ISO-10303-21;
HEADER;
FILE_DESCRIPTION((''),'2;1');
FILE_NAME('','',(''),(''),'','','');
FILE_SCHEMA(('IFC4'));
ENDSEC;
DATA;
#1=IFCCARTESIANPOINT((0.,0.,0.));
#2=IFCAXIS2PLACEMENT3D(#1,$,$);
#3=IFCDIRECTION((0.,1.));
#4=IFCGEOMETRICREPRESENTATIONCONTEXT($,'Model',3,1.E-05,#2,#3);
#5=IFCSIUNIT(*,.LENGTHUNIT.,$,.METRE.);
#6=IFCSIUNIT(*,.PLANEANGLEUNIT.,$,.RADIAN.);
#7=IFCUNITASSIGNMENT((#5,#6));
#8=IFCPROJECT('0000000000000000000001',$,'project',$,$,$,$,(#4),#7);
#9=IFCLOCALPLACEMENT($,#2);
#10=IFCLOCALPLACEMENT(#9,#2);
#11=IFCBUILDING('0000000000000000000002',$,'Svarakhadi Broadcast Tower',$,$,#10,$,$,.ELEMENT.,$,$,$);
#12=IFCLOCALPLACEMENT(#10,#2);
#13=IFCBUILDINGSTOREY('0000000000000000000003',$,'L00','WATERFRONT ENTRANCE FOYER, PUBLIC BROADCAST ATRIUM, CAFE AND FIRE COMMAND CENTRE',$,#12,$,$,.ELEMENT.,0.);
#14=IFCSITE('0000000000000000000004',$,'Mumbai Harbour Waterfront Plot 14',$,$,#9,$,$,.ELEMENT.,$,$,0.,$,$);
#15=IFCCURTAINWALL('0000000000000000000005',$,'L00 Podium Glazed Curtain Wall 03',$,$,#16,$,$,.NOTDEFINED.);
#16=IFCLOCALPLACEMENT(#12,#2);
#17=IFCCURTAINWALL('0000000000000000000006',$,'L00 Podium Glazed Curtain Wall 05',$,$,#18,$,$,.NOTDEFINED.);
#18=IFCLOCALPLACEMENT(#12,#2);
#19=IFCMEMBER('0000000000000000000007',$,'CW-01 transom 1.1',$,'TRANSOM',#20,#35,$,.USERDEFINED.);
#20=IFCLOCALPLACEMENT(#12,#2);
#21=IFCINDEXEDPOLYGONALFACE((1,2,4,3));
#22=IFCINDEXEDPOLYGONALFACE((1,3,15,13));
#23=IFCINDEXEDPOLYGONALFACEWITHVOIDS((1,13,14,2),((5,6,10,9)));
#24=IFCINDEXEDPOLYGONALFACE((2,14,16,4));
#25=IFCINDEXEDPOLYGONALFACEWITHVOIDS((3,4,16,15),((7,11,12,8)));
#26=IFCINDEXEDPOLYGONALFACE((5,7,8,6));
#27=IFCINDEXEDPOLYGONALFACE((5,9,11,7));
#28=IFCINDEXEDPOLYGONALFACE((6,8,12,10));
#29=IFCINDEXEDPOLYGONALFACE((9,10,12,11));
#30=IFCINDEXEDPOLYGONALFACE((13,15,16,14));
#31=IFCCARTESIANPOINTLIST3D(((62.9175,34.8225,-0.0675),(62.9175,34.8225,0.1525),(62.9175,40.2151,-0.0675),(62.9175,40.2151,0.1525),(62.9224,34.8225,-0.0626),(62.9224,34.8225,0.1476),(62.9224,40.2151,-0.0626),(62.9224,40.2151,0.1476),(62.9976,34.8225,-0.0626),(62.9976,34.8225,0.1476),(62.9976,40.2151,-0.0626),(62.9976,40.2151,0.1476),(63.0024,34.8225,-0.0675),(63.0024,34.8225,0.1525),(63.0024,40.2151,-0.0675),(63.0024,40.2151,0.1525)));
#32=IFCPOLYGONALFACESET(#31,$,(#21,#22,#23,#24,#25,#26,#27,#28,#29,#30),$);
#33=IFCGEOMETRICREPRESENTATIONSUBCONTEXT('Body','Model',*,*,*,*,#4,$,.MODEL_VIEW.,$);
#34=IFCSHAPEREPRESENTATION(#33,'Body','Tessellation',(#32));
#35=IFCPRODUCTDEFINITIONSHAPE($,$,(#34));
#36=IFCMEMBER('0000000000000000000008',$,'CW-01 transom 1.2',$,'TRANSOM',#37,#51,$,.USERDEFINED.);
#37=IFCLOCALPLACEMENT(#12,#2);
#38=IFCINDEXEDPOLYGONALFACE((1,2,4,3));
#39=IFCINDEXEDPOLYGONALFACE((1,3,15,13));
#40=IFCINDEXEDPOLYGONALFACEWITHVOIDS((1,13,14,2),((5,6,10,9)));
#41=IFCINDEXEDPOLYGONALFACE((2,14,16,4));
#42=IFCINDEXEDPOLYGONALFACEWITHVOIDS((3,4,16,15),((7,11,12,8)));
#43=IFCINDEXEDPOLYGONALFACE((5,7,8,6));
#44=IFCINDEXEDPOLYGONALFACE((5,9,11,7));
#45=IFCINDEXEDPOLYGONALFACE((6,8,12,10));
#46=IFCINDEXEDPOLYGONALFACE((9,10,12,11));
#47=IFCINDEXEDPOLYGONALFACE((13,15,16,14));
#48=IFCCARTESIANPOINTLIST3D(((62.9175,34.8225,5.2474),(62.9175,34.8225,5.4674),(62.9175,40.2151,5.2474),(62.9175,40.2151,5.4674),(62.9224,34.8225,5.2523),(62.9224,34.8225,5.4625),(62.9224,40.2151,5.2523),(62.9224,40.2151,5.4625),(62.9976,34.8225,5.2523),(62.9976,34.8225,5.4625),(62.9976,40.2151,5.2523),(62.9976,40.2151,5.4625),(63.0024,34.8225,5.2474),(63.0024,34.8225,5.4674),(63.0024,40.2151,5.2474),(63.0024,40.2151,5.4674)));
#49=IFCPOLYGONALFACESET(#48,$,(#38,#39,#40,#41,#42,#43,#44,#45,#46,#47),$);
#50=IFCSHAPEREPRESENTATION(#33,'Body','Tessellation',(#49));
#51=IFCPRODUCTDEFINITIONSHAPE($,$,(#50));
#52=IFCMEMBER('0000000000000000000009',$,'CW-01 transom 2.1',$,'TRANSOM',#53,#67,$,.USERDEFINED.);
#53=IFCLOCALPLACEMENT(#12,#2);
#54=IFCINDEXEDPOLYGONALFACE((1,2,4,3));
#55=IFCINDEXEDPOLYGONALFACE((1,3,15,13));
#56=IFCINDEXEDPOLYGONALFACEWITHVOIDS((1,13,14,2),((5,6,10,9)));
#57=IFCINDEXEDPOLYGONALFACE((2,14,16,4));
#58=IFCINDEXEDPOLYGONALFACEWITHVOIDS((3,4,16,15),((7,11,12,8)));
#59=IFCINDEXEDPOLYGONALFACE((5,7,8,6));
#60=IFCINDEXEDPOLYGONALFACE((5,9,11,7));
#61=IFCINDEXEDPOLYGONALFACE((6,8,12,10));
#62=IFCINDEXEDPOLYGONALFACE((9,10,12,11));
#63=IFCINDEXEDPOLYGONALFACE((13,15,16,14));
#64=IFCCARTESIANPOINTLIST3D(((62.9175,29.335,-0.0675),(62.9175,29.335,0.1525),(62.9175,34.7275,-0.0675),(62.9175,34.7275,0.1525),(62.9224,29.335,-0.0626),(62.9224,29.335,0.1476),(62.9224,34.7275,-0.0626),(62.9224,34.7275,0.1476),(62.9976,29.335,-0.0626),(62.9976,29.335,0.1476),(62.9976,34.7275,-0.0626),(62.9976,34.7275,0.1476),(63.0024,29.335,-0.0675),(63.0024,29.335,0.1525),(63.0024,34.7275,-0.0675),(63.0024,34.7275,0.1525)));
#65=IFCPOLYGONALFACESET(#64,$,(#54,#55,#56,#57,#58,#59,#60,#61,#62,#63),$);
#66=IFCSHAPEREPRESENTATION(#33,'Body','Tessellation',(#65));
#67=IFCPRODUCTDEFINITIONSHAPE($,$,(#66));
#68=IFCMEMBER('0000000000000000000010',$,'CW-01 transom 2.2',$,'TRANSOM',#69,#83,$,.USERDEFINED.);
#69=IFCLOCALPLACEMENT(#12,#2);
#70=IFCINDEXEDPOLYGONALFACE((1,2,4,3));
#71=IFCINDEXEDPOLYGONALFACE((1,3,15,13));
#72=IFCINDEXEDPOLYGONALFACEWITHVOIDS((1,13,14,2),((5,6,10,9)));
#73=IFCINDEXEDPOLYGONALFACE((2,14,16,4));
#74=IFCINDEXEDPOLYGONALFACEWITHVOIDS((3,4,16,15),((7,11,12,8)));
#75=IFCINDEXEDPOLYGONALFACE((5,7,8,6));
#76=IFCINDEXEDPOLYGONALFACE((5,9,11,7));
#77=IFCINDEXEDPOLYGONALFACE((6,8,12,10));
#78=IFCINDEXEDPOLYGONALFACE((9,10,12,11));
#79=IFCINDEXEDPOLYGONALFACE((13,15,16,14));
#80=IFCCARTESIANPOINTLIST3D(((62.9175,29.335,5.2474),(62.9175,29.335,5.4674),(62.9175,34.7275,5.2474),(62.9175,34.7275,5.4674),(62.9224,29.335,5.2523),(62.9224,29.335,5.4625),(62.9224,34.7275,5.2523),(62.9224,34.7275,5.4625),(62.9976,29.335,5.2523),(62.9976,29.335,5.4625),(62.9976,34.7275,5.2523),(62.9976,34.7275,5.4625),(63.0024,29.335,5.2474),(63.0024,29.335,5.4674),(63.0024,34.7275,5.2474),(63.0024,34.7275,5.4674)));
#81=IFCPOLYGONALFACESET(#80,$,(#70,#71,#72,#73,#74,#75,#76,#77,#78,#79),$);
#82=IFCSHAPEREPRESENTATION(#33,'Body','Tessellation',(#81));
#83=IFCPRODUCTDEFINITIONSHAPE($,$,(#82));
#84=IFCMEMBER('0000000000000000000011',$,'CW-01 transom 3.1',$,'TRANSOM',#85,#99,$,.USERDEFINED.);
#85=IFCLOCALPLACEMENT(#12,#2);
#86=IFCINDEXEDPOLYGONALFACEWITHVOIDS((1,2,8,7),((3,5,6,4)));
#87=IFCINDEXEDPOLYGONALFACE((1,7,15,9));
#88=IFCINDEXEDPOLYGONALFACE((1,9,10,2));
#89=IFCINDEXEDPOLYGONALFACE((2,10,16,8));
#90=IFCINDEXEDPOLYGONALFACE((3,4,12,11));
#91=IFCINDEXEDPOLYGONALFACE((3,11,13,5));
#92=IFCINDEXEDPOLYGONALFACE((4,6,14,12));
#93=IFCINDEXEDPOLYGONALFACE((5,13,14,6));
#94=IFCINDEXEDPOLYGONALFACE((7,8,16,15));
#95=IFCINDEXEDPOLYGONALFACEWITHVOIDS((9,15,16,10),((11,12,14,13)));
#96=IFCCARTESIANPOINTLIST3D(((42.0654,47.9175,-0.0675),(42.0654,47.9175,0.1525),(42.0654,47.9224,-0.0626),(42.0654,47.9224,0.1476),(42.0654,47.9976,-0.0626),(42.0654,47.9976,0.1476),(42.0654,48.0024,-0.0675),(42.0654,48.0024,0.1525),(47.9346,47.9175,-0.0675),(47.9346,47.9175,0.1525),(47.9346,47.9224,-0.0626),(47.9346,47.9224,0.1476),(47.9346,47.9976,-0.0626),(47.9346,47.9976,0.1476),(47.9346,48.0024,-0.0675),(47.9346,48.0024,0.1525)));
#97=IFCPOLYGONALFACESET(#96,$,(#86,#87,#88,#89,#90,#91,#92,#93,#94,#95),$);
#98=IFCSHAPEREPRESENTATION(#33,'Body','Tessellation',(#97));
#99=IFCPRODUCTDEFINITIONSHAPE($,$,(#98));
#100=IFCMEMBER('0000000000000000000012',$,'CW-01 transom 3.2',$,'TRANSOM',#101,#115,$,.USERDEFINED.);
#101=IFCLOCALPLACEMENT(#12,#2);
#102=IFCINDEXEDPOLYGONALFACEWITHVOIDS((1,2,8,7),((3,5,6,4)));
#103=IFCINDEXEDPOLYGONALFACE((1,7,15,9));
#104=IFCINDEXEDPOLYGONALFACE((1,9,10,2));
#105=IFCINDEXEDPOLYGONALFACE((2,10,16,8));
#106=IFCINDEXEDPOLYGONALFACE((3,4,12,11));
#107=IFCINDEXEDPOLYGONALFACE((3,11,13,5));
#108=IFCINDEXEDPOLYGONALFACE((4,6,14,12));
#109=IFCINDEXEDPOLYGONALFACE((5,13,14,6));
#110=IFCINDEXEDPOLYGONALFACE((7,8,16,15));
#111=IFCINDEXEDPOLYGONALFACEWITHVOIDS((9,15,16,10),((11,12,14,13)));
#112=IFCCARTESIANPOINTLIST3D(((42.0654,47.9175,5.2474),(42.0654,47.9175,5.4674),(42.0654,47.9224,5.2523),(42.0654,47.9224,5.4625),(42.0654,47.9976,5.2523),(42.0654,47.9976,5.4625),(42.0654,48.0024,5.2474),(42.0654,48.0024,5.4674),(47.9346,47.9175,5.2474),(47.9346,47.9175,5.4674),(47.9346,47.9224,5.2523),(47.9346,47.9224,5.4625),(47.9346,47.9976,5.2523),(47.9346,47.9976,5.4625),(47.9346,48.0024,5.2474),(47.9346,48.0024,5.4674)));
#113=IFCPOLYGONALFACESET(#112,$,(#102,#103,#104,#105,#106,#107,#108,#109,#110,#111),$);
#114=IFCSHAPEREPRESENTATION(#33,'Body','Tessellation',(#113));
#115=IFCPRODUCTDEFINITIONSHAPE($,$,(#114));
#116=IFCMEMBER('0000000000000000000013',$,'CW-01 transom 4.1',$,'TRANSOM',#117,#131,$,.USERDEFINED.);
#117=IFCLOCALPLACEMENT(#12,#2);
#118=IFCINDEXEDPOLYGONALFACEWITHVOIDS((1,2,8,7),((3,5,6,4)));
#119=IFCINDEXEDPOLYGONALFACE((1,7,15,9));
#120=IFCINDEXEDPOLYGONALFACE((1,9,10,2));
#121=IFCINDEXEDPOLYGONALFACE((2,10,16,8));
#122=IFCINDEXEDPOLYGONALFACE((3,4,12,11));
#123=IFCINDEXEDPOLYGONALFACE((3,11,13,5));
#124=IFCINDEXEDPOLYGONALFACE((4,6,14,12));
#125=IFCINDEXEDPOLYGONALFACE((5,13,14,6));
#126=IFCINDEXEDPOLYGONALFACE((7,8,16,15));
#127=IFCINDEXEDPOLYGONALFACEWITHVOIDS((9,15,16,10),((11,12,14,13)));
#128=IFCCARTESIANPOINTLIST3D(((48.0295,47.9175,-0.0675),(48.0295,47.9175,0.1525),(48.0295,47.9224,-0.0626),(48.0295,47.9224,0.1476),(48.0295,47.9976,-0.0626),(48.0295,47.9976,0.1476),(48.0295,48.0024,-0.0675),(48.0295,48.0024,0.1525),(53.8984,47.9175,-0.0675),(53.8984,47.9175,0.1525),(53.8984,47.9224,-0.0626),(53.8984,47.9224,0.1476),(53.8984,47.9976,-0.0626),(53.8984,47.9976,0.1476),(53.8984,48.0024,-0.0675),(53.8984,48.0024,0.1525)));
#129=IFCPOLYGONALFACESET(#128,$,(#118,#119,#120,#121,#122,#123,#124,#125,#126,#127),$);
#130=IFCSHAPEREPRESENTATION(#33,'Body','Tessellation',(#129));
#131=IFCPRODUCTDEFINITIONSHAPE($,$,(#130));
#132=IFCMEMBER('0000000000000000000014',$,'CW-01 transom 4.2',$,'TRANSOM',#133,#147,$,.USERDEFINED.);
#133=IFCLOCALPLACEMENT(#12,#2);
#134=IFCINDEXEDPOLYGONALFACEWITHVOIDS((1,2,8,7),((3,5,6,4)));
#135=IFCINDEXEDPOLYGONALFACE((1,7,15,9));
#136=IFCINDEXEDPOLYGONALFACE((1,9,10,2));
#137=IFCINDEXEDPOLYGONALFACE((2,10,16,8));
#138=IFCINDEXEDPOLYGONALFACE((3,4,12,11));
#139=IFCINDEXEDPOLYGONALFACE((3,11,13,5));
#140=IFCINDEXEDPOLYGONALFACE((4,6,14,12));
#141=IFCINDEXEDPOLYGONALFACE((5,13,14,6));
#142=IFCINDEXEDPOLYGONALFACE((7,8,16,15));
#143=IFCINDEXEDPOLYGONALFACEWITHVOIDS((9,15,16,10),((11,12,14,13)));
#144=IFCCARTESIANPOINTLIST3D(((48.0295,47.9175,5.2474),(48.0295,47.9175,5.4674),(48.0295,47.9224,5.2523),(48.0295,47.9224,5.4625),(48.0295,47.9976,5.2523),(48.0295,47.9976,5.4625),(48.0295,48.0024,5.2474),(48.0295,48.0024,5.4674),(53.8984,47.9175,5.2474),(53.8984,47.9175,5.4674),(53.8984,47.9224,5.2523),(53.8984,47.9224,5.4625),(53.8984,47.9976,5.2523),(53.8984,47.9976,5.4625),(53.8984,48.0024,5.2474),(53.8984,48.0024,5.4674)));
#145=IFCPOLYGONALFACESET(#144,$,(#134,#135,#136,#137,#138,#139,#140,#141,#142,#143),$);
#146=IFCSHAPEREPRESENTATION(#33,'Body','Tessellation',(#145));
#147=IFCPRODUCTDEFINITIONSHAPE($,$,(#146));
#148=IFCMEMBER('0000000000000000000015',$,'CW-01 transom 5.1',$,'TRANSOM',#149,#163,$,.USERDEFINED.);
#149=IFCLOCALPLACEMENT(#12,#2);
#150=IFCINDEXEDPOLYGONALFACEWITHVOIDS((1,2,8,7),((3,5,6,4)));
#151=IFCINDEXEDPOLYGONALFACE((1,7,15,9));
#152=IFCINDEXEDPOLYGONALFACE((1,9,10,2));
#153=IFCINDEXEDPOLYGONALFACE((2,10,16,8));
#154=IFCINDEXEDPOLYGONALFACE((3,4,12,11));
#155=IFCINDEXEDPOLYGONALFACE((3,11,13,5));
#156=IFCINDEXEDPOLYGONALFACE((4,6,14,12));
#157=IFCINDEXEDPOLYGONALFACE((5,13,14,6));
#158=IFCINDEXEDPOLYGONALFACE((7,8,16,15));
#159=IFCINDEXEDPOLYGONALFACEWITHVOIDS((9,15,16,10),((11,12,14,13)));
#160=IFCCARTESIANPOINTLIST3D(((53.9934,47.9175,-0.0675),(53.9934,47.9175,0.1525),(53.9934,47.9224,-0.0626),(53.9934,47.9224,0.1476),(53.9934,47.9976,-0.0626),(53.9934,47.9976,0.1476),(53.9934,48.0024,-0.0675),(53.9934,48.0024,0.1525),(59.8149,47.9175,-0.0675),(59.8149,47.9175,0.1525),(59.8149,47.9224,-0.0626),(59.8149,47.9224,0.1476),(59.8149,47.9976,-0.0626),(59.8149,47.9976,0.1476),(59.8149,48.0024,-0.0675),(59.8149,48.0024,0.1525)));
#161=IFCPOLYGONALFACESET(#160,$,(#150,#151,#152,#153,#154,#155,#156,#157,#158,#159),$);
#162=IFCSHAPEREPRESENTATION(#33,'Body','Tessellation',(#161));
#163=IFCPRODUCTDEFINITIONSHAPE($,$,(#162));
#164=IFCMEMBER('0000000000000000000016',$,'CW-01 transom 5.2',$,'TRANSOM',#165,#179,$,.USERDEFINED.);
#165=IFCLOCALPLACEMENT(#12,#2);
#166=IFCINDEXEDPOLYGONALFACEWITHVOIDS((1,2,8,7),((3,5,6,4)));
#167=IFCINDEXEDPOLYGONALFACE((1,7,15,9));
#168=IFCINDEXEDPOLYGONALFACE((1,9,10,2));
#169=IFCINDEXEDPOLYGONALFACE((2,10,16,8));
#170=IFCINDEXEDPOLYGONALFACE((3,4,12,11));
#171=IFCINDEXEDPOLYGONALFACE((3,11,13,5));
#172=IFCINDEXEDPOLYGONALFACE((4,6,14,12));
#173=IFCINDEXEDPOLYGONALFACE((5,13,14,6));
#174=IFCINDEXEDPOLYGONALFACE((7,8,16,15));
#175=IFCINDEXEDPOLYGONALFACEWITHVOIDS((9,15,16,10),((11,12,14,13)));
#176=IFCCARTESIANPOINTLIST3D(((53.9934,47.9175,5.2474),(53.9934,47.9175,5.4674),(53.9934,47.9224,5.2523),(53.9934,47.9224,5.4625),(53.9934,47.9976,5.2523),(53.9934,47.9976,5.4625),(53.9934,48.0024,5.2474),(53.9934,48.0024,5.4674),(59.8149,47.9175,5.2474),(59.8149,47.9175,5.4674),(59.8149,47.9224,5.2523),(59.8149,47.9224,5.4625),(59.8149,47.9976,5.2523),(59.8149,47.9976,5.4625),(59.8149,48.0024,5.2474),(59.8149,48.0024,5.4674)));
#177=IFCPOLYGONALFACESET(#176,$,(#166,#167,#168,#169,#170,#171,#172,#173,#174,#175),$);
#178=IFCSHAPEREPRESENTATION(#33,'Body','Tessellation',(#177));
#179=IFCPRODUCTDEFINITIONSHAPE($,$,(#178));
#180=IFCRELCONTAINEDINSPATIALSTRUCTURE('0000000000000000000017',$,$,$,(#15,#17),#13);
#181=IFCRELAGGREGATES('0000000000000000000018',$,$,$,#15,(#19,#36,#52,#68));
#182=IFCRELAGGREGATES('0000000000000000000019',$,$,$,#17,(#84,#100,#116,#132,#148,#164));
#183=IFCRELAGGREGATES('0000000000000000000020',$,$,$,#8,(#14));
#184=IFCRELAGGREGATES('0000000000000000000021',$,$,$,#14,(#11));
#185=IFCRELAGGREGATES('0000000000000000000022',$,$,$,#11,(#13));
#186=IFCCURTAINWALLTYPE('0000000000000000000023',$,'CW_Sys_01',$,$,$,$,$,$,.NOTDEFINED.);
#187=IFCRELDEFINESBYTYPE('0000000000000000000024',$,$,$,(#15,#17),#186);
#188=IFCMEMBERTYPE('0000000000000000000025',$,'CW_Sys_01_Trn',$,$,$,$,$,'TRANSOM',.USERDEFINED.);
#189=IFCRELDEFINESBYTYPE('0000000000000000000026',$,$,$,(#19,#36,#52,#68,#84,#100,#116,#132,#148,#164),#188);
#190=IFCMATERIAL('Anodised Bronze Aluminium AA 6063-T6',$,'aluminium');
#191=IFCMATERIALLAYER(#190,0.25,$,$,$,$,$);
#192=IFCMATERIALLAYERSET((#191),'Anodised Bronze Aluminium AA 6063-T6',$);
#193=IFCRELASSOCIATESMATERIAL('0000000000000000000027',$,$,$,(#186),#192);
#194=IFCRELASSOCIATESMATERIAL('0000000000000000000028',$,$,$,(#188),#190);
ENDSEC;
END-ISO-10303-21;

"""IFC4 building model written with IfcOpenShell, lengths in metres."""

from ifc_helpers import new_model, si_unit, direction, frame, origin, origin_2d, place, context, subcontext, project, spatial, hollow_rectangle, extrude, material, layer, layer_set, material_profile, profile_set, type_object, element, aggregate, save


model = new_model("IFC4")

# Units and contexts
model_context = context("Model", 3, precision=1e-05, world=origin(), true_north=direction((0.0, 1.0)))
body_context = subcontext(model_context, "Body", "Model", "MODEL_VIEW")
ifc_project = project(units=[si_unit("LENGTHUNIT", "METRE"), si_unit("PLANEANGLEUNIT", "RADIAN")], contexts=[model_context])

# Site, building, storey
site_placement = place(None, origin())
site = spatial("IfcSite", under=ifc_project, at=site_placement, Name="Mumbai Harbour Waterfront Plot 14", CompositionType="ELEMENT", RefElevation=0.0)
building_placement = place(site_placement, origin())
building = spatial("IfcBuilding", under=site, at=building_placement, Name="Svarakhadi Broadcast Tower", CompositionType="ELEMENT")
storey_placement = place(building_placement, origin())
storey = spatial("IfcBuildingStorey", under=building, at=storey_placement, Name="L00", Description="WATERFRONT ENTRANCE FOYER, PUBLIC BROADCAST ATRIUM, CAFE AND FIRE COMMAND CENTRE", CompositionType="ELEMENT", Elevation=0.0)

# Curtain walls
ifc_material_1 = material(Name="Anodised Bronze Aluminium AA 6063-T6", Category="aluminium")
ifc_layer_1 = layer(ifc_material_1, 0.25)
ifc_layer_set_1 = layer_set([ifc_layer_1], Name="Anodised Bronze Aluminium AA 6063-T6")
curtain_wall_type = type_object("IfcCurtainWallType", Name="CW_Sys_01", PredefinedType="NOTDEFINED", material=ifc_layer_set_1)
curtain_wall_1_placement = place(storey_placement, origin())
curtain_wall_1 = element("IfcCurtainWall", 1, at=curtain_wall_1_placement, inside=storey, type_object=curtain_wall_type, Name="L00 Podium Glazed Curtain Wall 03", PredefinedType="NOTDEFINED")
curtain_wall_2_placement = place(storey_placement, origin())
curtain_wall_2 = element("IfcCurtainWall", 2, at=curtain_wall_2_placement, inside=storey, type_object=curtain_wall_type, Name="L00 Podium Glazed Curtain Wall 05", PredefinedType="NOTDEFINED")

# Members
ifc_material_profile_1 = material_profile(ifc_material_1, hollow_rectangle(XDim=0.085, YDim=0.22, WallThickness=0.0049, at=origin_2d()), Name="ALU TRANSOM 220x85x5")
ifc_profile_set_1 = profile_set([ifc_material_profile_1], Name="Anodised Bronze Aluminium AA 6063-T6")
member_type_1 = type_object("IfcMemberType", Name="CW_Sys_01_Trn", ElementType="TRANSOM", PredefinedType="USERDEFINED", material=ifc_profile_set_1)
member_1_placement = place(storey_placement, frame((62.96, 40.2151, 0.0425), z_axis=(0.0, -1.0, 0.0), x_axis=(1.0, 0.0, 0.0)))
member_1 = element("IfcMember", 3, at=member_1_placement, type_object=member_type_1, Name="CW-01 transom 1.1", ObjectType="TRANSOM", PredefinedType="USERDEFINED", context=body_context, shape_type="SweptSolid", body=[
    extrude(hollow_rectangle(XDim=0.085, YDim=0.22, WallThickness=0.0049, at=origin_2d()), origin(), (0.0, 0.0, 1.0), 5.3926),
])
member_2_placement = place(storey_placement, frame((62.96, 40.2151, 5.3574), z_axis=(0.0, -1.0, 0.0), x_axis=(1.0, 0.0, 0.0)))
member_2 = element("IfcMember", 4, at=member_2_placement, type_object=member_type_1, Name="CW-01 transom 1.2", ObjectType="TRANSOM", PredefinedType="USERDEFINED", context=body_context, shape_type="SweptSolid", body=[
    extrude(hollow_rectangle(XDim=0.085, YDim=0.22, WallThickness=0.0049, at=origin_2d()), origin(), (0.0, 0.0, 1.0), 5.3926),
])
member_3_placement = place(storey_placement, frame((62.96, 34.7275, 0.0425), z_axis=(0.0, -1.0, 0.0), x_axis=(1.0, 0.0, 0.0)))
member_3 = element("IfcMember", 5, at=member_3_placement, type_object=member_type_1, Name="CW-01 transom 2.1", ObjectType="TRANSOM", PredefinedType="USERDEFINED", context=body_context, shape_type="SweptSolid", body=[
    extrude(hollow_rectangle(XDim=0.085, YDim=0.22, WallThickness=0.0049, at=origin_2d()), origin(), (0.0, 0.0, 1.0), 5.3926),
])
member_4_placement = place(storey_placement, frame((62.96, 34.7275, 5.3574), z_axis=(0.0, -1.0, 0.0), x_axis=(1.0, 0.0, 0.0)))
member_4 = element("IfcMember", 6, at=member_4_placement, type_object=member_type_1, Name="CW-01 transom 2.2", ObjectType="TRANSOM", PredefinedType="USERDEFINED", context=body_context, shape_type="SweptSolid", body=[
    extrude(hollow_rectangle(XDim=0.085, YDim=0.22, WallThickness=0.0049, at=origin_2d()), origin(), (0.0, 0.0, 1.0), 5.3926),
])
member_5_placement = place(storey_placement, frame((42.0654, 47.96, 0.0425), z_axis=(1.0, 0.0, 0.0), x_axis=(0.0, 1.0, 0.0)))
member_5 = element("IfcMember", 7, at=member_5_placement, type_object=member_type_1, Name="CW-01 transom 3.1", ObjectType="TRANSOM", PredefinedType="USERDEFINED", context=body_context, shape_type="SweptSolid", body=[
    extrude(hollow_rectangle(XDim=0.085, YDim=0.22, WallThickness=0.0049, at=origin_2d()), origin(), (0.0, 0.0, 1.0), 5.8691),
])
member_6_placement = place(storey_placement, frame((42.0654, 47.96, 5.3574), z_axis=(1.0, 0.0, 0.0), x_axis=(0.0, 1.0, 0.0)))
member_6 = element("IfcMember", 8, at=member_6_placement, type_object=member_type_1, Name="CW-01 transom 3.2", ObjectType="TRANSOM", PredefinedType="USERDEFINED", context=body_context, shape_type="SweptSolid", body=[
    extrude(hollow_rectangle(XDim=0.085, YDim=0.22, WallThickness=0.0049, at=origin_2d()), origin(), (0.0, 0.0, 1.0), 5.8691),
])
member_7_placement = place(storey_placement, frame((48.0295, 47.96, 0.0425), z_axis=(1.0, 0.0, 0.0), x_axis=(0.0, 1.0, 0.0)))
member_7 = element("IfcMember", 9, at=member_7_placement, type_object=member_type_1, Name="CW-01 transom 4.1", ObjectType="TRANSOM", PredefinedType="USERDEFINED", context=body_context, shape_type="SweptSolid", body=[
    extrude(hollow_rectangle(XDim=0.085, YDim=0.22, WallThickness=0.0049, at=origin_2d()), origin(), (0.0, 0.0, 1.0), 5.8689),
])
member_8_placement = place(storey_placement, frame((48.0295, 47.96, 5.3574), z_axis=(1.0, 0.0, 0.0), x_axis=(0.0, 1.0, 0.0)))
member_8 = element("IfcMember", 10, at=member_8_placement, type_object=member_type_1, Name="CW-01 transom 4.2", ObjectType="TRANSOM", PredefinedType="USERDEFINED", context=body_context, shape_type="SweptSolid", body=[
    extrude(hollow_rectangle(XDim=0.085, YDim=0.22, WallThickness=0.0049, at=origin_2d()), origin(), (0.0, 0.0, 1.0), 5.8689),
])
member_9_placement = place(storey_placement, frame((53.9934, 47.96, 0.0425), z_axis=(1.0, 0.0, 0.0), x_axis=(0.0, 1.0, 0.0)))
member_9 = element("IfcMember", 11, at=member_9_placement, type_object=member_type_1, Name="CW-01 transom 5.1", ObjectType="TRANSOM", PredefinedType="USERDEFINED", context=body_context, shape_type="SweptSolid", body=[
    extrude(hollow_rectangle(XDim=0.085, YDim=0.22, WallThickness=0.0049, at=origin_2d()), origin(), (0.0, 0.0, 1.0), 5.8215),
])
member_10_placement = place(storey_placement, frame((53.9934, 47.96, 5.3574), z_axis=(1.0, 0.0, 0.0), x_axis=(0.0, 1.0, 0.0)))
member_10 = element("IfcMember", 12, at=member_10_placement, type_object=member_type_1, Name="CW-01 transom 5.2", ObjectType="TRANSOM", PredefinedType="USERDEFINED", context=body_context, shape_type="SweptSolid", body=[
    extrude(hollow_rectangle(XDim=0.085, YDim=0.22, WallThickness=0.0049, at=origin_2d()), origin(), (0.0, 0.0, 1.0), 5.8215),
])

aggregate(curtain_wall_1, [member_1, member_2, member_3, member_4])
aggregate(curtain_wall_2, [member_5, member_6, member_7, member_8, member_9, member_10])

save(model, "model.ifc")
